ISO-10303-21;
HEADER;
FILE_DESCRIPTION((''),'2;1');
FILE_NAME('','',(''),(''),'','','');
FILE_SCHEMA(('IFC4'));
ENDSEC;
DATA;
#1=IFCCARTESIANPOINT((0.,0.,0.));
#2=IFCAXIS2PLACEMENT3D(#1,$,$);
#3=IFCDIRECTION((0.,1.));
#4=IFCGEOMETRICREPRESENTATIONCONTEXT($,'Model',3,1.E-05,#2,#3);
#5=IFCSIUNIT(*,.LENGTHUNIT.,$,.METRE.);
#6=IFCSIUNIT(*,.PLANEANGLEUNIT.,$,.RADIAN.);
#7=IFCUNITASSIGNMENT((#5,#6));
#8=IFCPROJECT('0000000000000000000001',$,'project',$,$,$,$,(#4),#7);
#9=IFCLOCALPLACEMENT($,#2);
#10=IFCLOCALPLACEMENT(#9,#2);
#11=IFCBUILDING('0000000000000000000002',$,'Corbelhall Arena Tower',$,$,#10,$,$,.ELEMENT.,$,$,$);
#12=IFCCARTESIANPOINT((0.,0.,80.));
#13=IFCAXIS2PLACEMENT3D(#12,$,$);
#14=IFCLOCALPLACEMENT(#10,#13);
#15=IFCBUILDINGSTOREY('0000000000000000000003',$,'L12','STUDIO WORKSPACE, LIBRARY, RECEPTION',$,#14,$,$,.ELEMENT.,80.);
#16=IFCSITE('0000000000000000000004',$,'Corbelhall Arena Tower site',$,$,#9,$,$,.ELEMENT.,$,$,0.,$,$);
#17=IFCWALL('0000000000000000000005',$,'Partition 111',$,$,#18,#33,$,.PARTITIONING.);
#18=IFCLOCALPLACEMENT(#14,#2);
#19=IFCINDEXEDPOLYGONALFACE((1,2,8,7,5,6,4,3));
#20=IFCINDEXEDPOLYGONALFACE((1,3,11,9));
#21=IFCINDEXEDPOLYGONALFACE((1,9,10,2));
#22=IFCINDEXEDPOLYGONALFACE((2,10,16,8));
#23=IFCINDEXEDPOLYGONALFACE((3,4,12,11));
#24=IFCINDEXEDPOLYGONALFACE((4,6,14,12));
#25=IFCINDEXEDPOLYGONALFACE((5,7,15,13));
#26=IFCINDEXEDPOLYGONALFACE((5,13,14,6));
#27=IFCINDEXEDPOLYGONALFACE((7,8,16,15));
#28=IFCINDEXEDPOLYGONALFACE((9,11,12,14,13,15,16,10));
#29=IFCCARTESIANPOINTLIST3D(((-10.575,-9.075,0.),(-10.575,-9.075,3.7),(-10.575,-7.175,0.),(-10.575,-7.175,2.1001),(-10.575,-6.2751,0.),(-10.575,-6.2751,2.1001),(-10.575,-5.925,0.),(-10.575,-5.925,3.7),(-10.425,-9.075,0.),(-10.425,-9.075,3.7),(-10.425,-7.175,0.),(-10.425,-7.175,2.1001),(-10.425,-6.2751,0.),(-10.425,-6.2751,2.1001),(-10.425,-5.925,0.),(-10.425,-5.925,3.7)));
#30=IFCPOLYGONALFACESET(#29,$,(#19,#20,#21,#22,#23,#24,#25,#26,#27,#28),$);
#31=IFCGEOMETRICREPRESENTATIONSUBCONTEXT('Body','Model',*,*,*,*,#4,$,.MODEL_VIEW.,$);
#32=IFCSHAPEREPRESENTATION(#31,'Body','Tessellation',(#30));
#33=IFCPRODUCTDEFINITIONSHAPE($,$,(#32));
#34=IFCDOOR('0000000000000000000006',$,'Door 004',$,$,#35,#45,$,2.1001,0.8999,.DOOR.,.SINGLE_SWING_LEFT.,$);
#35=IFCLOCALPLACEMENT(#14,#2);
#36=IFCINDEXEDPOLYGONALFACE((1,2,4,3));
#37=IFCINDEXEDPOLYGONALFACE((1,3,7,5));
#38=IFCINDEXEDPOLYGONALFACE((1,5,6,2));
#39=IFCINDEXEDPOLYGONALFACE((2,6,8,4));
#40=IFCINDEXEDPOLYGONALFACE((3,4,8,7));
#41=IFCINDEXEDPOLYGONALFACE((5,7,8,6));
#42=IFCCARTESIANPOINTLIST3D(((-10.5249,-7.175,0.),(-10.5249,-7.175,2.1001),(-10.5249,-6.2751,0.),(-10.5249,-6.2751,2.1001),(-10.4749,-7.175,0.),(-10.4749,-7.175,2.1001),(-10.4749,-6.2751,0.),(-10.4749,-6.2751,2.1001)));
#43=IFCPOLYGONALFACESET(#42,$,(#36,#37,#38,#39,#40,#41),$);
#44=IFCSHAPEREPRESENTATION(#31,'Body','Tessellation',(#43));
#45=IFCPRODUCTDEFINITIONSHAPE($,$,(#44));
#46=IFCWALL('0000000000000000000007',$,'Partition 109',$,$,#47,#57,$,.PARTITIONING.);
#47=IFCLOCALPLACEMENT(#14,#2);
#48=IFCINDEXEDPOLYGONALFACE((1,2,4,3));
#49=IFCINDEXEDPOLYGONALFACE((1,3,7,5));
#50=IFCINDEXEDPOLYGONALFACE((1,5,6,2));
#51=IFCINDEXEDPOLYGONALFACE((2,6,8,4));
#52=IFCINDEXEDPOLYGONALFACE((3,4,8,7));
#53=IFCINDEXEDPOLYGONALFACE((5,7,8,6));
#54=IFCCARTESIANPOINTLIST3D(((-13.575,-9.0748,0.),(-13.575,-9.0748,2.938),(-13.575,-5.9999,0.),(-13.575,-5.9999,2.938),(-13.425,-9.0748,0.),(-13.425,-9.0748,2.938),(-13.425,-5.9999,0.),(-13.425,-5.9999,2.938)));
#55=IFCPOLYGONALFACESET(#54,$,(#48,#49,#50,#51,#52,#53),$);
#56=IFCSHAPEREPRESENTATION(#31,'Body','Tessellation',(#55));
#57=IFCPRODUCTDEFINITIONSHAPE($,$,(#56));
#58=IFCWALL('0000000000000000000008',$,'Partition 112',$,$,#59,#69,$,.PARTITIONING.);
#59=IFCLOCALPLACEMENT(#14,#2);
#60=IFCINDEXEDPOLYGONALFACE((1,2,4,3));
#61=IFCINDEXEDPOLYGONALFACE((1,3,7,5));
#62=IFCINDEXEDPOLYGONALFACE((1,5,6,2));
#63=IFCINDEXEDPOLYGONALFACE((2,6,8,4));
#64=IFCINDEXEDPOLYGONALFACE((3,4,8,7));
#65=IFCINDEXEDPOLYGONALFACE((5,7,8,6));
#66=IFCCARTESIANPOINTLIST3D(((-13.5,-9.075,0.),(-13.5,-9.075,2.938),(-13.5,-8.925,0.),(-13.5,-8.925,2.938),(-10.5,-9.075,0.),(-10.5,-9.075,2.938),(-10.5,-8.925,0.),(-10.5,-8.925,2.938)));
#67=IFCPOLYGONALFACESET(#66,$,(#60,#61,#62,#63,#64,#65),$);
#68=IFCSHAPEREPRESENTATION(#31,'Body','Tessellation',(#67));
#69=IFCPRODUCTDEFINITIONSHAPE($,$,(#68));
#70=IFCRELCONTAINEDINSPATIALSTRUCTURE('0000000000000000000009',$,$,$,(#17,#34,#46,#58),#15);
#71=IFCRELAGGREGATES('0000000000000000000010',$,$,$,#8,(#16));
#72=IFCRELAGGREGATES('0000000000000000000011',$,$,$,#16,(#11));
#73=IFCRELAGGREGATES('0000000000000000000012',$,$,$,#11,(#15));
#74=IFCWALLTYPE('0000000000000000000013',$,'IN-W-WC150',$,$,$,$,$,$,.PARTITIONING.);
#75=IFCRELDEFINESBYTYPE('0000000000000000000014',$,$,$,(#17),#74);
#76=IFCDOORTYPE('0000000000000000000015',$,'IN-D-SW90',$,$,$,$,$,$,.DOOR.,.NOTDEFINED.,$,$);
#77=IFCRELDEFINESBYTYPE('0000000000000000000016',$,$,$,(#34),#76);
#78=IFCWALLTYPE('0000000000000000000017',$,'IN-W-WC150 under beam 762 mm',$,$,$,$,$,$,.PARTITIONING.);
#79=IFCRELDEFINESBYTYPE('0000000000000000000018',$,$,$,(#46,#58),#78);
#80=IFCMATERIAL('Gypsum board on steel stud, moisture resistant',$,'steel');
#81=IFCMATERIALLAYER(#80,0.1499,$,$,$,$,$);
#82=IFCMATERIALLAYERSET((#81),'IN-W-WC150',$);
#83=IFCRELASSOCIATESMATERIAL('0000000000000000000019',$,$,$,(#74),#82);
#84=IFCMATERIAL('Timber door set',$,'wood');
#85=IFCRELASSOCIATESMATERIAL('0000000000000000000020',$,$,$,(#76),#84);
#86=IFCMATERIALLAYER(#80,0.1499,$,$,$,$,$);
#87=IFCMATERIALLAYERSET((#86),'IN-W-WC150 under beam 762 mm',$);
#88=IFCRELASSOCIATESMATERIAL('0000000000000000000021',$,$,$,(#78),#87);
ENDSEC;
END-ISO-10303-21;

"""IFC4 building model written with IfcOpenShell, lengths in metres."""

from ifc_helpers import new_model, si_unit, direction, frame, frame_2d, origin, place, context, subcontext, project, spatial, rectangle, extrude, material, layer, layer_set, type_object, element, fill, save


model = new_model("IFC4")

# Units and contexts
model_context = context("Model", 3, precision=1e-05, world=origin(), true_north=direction((0.0, 1.0)))
body_context = subcontext(model_context, "Body", "Model", "MODEL_VIEW")
ifc_project = project(units=[si_unit("LENGTHUNIT", "METRE"), si_unit("PLANEANGLEUNIT", "RADIAN")], contexts=[model_context])

# Site, building, storey
site_placement = place(None, origin())
site = spatial("IfcSite", under=ifc_project, at=site_placement, Name="Corbelhall Arena Tower site", CompositionType="ELEMENT", RefElevation=0.0)
building_placement = place(site_placement, origin())
building = spatial("IfcBuilding", under=site, at=building_placement, Name="Corbelhall Arena Tower", CompositionType="ELEMENT")
storey_placement = place(building_placement, frame((0.0, 0.0, 80.0)))
storey = spatial("IfcBuildingStorey", under=building, at=storey_placement, Name="L12", Description="STUDIO WORKSPACE, LIBRARY, RECEPTION", CompositionType="ELEMENT", Elevation=80.0)

# Wall, opening, door
ifc_material_1 = material(Name="Gypsum board on steel stud, moisture resistant", Category="steel")
ifc_layer_1 = layer(ifc_material_1, 0.1499)
ifc_layer_set_1 = layer_set([ifc_layer_1], Name="IN-W-WC150")
wall_type_1 = type_object("IfcWallType", Name="IN-W-WC150", PredefinedType="PARTITIONING", material=ifc_layer_set_1)
wall_1_placement = place(storey_placement, frame((-10.5, -9.075, 0.0), z_axis=(0.0, 0.0, 1.0), x_axis=(0.0, 1.0, 0.0)))
wall_1 = element("IfcWall", 1, at=wall_1_placement, inside=storey, type_object=wall_type_1, Name="Partition 111", PredefinedType="PARTITIONING", context=body_context, shape_type="SweptSolid", body=[
    extrude(rectangle(XDim=3.1499, YDim=0.1499, at=frame_2d((1.575, 0.0))), origin(), (0.0, 0.0, 1.0), 3.7),
])
opening_1_placement = place(wall_1_placement, frame((1.8999, 0.0, 0.0)))
opening_1 = element("IfcOpeningElement", 2, at=opening_1_placement, cuts=wall_1, PredefinedType="OPENING", context=body_context, shape_type="SweptSolid", body=[
    extrude(rectangle(XDim=0.8999, YDim=2.1001, at=frame_2d((0.45, 1.05))), frame((0.0, 0.075, 0.0), z_axis=(0.0, -1.0, 0.0), x_axis=(1.0, 0.0, 0.0)), (0.0, 0.0, 1.0), 0.1499),
])
ifc_material_2 = material(Name="Timber door set", Category="wood")
door_type_1 = type_object("IfcDoorType", Name="IN-D-SW90", OperationType="NOTDEFINED", PredefinedType="DOOR", material=ifc_material_2)
door_1_placement = place(opening_1_placement, origin())
door_1 = element("IfcDoor", 3, at=door_1_placement, inside=storey, type_object=door_type_1, Name="Door 004", OperationType="SINGLE_SWING_LEFT", OverallHeight=2.1001, OverallWidth=0.8999, PredefinedType="DOOR", context=body_context, shape_type="SweptSolid", body=[
    extrude(rectangle(XDim=0.8999, YDim=2.1001, at=frame_2d((0.45, 1.05))), frame((0.0, 0.0249, 0.0), z_axis=(0.0, -1.0, 0.0), x_axis=(1.0, 0.0, 0.0)), (0.0, 0.0, 1.0), 0.05),
])
fill(opening_1, door_1)

# Walls
ifc_layer_2 = layer(ifc_material_1, 0.1499)
ifc_layer_set_2 = layer_set([ifc_layer_2], Name="IN-W-WC150 under beam 762 mm")
wall_type_2 = type_object("IfcWallType", Name="IN-W-WC150 under beam 762 mm", PredefinedType="PARTITIONING", material=ifc_layer_set_2)
wall_2_placement = place(storey_placement, frame((-13.5, -9.075, 0.0), z_axis=(0.0, 0.0, 1.0), x_axis=(0.0, 1.0, 0.0)))
element("IfcWall", 4, at=wall_2_placement, inside=storey, type_object=wall_type_2, Name="Partition 109", PredefinedType="PARTITIONING", context=body_context, shape_type="SweptSolid", body=[
    extrude(rectangle(XDim=3.075, YDim=0.1499, at=frame_2d((1.5376, 0.0))), origin(), (0.0, 0.0, 1.0), 2.938),
])
wall_3_placement = place(storey_placement, frame((-10.5, -9.0, 0.0), z_axis=(0.0, 0.0, 1.0), x_axis=(-1.0, 0.0, 0.0)))
element("IfcWall", 5, at=wall_3_placement, inside=storey, type_object=wall_type_2, Name="Partition 112", PredefinedType="PARTITIONING", context=body_context, shape_type="SweptSolid", body=[
    extrude(rectangle(XDim=3.0, YDim=0.1499, at=frame_2d((1.5, 0.0))), origin(), (0.0, 0.0, 1.0), 2.938),
])

save(model, "model.ifc")
